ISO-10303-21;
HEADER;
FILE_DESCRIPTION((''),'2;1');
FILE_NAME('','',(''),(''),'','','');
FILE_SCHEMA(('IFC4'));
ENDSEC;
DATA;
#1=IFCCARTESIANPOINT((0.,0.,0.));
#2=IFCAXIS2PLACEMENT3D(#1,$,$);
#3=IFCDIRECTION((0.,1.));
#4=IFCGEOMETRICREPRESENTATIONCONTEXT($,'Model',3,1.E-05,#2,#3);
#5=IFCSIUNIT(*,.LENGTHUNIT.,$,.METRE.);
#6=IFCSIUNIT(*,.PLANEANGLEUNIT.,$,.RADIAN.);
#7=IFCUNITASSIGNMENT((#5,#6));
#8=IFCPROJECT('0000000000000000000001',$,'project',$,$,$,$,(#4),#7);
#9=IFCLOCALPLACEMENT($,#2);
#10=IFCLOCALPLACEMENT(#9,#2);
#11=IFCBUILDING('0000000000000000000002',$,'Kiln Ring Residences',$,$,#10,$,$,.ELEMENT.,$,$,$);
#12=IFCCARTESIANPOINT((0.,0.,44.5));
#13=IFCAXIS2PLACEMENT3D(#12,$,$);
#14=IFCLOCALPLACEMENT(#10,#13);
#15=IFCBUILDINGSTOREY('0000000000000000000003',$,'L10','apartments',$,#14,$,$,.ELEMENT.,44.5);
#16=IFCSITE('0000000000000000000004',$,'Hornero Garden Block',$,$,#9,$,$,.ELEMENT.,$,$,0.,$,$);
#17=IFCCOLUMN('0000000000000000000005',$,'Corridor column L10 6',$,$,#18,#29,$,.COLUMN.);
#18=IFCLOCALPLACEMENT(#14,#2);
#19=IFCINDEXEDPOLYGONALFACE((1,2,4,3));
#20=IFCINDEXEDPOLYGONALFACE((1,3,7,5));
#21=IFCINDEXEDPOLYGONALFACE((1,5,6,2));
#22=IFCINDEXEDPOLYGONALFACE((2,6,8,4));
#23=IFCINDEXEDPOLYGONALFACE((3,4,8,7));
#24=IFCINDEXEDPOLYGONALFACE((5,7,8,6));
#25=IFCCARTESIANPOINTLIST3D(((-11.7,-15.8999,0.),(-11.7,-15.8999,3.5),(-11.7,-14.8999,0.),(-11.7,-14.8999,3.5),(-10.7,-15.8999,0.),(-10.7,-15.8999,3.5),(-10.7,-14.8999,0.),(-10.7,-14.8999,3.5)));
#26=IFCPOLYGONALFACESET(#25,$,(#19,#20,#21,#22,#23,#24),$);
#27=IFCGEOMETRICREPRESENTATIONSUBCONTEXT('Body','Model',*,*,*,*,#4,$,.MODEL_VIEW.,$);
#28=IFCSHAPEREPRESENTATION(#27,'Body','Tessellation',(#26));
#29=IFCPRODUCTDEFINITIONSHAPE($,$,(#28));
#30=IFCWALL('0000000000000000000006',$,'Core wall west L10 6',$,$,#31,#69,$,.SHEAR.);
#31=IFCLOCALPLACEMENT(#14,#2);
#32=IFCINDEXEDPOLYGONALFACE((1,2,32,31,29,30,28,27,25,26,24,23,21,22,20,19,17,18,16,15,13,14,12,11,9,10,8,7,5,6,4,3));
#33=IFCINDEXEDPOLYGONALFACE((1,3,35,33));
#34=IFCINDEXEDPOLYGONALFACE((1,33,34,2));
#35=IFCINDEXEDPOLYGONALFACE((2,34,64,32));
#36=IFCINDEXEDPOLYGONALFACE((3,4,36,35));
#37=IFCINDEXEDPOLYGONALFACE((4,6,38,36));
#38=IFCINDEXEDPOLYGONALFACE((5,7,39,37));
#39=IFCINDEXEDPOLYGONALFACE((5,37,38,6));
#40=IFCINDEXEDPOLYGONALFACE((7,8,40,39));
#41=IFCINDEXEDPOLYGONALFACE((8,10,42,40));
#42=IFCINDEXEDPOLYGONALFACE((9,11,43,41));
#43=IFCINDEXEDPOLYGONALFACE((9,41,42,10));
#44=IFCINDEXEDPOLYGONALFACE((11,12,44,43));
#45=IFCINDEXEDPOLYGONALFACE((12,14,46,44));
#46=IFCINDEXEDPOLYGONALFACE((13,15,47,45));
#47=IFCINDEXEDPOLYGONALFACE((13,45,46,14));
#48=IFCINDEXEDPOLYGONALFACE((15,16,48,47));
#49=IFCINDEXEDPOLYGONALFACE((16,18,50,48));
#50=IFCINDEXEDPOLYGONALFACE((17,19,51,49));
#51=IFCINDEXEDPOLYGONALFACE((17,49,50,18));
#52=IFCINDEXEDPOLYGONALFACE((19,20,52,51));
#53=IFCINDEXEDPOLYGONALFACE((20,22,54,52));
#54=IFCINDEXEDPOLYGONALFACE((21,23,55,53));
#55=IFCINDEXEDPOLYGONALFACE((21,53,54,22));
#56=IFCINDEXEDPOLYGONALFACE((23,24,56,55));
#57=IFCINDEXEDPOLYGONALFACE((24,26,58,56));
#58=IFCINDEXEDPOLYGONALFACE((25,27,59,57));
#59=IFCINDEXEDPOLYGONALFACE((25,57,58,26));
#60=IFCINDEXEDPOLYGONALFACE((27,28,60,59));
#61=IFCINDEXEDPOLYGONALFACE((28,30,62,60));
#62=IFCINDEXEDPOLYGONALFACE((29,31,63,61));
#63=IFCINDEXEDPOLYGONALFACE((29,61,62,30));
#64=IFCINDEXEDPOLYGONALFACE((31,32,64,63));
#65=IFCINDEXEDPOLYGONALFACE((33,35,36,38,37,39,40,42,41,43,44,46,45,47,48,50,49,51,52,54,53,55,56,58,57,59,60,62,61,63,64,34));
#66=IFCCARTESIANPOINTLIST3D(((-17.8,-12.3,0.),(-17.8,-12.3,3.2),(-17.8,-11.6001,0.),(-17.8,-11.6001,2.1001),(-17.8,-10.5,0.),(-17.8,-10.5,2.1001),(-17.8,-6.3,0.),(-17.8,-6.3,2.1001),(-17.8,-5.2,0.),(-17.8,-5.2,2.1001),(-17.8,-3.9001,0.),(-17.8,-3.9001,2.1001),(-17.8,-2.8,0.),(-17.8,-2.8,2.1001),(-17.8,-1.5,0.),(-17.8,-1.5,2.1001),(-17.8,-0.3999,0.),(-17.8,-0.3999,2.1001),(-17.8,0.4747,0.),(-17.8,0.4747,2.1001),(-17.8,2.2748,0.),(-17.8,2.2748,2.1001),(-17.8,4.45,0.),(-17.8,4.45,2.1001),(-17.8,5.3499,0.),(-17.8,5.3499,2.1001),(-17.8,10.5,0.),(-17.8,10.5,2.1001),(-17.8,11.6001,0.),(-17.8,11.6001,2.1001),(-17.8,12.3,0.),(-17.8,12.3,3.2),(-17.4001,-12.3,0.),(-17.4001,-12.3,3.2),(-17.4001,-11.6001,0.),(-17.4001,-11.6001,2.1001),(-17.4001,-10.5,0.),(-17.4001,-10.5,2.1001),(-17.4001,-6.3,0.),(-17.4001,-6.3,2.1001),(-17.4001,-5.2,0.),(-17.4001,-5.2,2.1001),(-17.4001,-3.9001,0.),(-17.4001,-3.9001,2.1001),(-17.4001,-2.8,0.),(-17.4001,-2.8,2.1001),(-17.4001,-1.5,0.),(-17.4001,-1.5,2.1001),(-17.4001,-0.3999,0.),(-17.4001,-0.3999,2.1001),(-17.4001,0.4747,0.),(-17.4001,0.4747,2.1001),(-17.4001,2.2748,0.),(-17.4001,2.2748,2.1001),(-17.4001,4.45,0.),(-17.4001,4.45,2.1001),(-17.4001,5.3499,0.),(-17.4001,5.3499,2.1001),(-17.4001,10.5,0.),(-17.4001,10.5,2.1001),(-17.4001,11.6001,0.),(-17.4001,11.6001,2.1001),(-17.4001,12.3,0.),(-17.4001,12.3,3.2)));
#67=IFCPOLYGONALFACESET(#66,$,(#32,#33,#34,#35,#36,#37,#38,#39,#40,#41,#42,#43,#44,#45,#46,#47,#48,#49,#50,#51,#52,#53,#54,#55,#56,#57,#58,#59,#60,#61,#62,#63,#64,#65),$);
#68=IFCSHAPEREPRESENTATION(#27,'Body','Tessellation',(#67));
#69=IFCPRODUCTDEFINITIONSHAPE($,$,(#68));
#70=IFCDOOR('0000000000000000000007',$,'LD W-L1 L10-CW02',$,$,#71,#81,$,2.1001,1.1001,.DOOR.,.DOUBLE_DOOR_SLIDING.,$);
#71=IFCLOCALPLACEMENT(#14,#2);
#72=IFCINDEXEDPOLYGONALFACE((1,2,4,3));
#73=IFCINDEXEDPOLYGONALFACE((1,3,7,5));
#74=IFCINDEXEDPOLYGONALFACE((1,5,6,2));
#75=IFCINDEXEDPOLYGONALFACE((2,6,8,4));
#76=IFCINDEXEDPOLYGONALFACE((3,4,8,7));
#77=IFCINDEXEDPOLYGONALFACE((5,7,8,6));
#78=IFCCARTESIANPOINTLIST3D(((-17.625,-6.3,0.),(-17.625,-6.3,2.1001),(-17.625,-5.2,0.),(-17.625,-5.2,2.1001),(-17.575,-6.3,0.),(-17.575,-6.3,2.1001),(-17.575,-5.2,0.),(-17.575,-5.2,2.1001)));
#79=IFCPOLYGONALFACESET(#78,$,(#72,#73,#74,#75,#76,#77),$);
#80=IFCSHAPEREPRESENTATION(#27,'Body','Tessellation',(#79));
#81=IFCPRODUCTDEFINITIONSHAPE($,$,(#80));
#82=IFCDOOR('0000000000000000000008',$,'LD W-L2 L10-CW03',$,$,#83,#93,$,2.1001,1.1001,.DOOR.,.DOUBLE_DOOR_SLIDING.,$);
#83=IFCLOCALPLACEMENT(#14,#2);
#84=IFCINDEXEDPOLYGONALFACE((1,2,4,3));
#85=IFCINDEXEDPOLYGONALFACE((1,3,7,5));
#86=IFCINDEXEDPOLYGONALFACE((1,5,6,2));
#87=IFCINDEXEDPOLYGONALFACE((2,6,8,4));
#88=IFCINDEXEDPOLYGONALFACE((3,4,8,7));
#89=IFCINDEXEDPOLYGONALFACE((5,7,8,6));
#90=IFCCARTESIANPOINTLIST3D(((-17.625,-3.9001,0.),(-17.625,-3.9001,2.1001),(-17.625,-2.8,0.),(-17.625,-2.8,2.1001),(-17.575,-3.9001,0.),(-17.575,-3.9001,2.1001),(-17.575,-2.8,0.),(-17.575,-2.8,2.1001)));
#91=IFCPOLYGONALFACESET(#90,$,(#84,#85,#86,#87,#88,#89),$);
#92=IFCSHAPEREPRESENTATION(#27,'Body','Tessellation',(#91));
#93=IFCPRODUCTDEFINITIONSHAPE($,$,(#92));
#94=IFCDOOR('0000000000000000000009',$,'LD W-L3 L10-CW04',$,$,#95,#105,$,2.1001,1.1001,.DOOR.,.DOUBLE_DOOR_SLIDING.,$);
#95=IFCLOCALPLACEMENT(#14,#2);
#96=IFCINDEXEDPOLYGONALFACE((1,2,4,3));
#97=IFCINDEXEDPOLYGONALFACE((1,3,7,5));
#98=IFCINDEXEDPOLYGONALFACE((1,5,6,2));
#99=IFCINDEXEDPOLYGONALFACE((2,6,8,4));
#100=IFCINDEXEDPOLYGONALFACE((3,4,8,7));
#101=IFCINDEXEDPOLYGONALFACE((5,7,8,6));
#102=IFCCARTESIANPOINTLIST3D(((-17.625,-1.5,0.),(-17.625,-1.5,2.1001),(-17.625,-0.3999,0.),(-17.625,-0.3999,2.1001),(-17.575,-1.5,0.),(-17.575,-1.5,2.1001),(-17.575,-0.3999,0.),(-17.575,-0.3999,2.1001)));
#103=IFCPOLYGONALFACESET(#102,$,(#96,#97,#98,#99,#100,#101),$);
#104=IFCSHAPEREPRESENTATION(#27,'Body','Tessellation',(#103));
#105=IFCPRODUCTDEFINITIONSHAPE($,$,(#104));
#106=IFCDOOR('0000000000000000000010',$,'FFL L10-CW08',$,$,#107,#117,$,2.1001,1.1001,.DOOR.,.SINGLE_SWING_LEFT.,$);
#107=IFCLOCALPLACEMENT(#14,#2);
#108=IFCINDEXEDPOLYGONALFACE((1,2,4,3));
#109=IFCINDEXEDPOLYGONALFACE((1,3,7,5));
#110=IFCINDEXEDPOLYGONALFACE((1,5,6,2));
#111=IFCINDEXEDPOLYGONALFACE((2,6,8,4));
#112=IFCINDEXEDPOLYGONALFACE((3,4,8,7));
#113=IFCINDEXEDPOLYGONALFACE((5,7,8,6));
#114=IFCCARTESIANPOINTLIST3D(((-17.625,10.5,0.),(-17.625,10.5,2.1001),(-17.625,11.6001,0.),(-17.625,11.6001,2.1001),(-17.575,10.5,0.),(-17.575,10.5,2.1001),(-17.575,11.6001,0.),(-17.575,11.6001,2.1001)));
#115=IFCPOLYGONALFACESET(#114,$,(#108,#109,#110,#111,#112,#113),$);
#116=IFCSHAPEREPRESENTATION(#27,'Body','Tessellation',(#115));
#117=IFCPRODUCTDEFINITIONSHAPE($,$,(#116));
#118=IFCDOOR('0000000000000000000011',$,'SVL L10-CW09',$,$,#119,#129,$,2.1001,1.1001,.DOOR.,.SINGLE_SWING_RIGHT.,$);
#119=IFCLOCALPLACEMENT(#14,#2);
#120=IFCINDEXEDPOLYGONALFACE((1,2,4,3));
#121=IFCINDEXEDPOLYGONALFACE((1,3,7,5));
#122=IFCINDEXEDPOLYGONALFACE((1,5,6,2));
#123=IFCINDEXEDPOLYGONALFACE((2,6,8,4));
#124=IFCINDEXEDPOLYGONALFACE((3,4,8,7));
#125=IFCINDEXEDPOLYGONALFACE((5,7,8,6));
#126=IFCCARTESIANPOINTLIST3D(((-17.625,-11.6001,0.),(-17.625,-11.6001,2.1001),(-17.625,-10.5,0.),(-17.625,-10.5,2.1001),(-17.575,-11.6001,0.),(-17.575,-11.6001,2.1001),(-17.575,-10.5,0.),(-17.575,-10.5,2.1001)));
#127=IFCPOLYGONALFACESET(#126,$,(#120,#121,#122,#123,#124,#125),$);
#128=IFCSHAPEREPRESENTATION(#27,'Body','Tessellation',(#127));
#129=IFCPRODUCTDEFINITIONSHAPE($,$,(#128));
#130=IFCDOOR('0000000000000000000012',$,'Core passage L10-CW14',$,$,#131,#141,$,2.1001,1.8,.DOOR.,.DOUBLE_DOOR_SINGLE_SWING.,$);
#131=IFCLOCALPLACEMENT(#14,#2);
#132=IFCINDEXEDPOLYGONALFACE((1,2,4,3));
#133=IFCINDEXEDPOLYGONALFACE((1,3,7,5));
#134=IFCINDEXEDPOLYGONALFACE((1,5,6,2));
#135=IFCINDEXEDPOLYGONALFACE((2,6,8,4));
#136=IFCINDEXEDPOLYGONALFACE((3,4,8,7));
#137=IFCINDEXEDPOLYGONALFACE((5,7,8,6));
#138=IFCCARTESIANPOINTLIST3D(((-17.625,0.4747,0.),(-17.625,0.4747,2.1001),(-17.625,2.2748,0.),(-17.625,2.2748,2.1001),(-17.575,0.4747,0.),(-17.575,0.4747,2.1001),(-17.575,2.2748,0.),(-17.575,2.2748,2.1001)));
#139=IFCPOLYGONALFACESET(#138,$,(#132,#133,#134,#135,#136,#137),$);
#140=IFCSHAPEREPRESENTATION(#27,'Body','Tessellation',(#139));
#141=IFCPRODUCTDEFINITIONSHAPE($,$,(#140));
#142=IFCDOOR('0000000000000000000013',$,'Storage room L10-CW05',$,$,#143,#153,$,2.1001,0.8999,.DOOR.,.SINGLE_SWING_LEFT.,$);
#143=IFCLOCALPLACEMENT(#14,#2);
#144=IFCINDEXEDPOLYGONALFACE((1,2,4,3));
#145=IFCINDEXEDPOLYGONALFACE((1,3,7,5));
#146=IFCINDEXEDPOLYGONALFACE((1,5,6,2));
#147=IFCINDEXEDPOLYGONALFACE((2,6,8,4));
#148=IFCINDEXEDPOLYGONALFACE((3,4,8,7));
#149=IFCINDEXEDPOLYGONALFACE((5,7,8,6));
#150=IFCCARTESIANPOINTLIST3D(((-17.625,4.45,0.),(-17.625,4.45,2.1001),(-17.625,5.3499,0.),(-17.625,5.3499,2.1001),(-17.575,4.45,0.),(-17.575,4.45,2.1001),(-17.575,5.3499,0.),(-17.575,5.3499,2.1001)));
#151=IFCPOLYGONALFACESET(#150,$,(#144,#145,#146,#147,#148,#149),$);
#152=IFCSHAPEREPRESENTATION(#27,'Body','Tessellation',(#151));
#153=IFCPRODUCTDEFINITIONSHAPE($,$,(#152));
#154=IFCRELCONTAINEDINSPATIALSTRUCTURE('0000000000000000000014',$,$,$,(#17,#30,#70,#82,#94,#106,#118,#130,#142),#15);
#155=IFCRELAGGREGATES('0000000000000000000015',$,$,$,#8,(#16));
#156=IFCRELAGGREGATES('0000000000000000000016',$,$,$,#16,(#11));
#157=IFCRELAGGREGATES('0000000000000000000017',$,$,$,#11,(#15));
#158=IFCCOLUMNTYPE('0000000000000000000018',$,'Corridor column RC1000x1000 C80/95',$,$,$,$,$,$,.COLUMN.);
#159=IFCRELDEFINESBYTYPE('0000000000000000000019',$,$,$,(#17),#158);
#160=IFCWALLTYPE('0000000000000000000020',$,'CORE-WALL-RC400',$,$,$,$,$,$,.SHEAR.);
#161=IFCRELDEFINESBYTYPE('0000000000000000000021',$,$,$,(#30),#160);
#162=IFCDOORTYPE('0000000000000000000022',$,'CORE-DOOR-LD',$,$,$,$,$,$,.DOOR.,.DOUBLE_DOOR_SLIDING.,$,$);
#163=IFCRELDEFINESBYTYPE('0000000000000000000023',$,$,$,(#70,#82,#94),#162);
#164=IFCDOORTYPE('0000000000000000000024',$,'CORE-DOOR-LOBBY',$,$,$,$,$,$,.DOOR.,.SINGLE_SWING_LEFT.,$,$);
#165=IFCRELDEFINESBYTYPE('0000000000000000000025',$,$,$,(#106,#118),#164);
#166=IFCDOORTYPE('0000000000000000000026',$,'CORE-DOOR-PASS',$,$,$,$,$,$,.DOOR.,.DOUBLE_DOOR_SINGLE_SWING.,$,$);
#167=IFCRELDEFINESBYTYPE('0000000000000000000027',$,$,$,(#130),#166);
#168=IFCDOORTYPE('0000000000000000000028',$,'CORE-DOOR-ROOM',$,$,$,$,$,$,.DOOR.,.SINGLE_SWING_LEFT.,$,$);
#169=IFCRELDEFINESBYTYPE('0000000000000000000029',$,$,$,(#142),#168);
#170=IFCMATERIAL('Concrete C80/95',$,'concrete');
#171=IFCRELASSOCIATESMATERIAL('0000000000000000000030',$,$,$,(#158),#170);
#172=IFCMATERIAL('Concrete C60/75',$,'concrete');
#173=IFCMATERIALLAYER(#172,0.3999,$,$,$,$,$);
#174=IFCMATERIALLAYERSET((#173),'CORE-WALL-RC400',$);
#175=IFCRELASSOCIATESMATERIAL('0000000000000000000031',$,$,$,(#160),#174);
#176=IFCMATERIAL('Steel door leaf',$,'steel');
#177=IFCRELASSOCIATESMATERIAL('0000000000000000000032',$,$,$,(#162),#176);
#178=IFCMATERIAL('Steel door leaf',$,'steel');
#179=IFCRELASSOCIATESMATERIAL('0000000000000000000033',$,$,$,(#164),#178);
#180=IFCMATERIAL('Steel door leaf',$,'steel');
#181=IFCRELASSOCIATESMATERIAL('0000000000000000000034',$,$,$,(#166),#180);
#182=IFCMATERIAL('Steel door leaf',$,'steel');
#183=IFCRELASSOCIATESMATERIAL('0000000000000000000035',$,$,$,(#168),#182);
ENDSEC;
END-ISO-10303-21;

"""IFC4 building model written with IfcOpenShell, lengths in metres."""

from ifc_helpers import new_model, si_unit, direction, frame, frame_2d, origin, origin_2d, place, context, subcontext, project, spatial, rectangle, extrude, material, layer, layer_set, material_profile, profile_set, type_object, element, fill, save


model = new_model("IFC4")

# Units and contexts
model_context = context("Model", 3, precision=1e-05, world=origin(), true_north=direction((0.0, 1.0)))
body_context = subcontext(model_context, "Body", "Model", "MODEL_VIEW")
ifc_project = project(units=[si_unit("LENGTHUNIT", "METRE"), si_unit("PLANEANGLEUNIT", "RADIAN")], contexts=[model_context])

# Site, building, storey
site_placement = place(None, origin())
site = spatial("IfcSite", under=ifc_project, at=site_placement, Name="Hornero Garden Block", CompositionType="ELEMENT", RefElevation=0.0)
building_placement = place(site_placement, origin())
building = spatial("IfcBuilding", under=site, at=building_placement, Name="Kiln Ring Residences", CompositionType="ELEMENT")
storey_placement = place(building_placement, frame((0.0, 0.0, 44.5)))
storey = spatial("IfcBuildingStorey", under=building, at=storey_placement, Name="L10", Description="apartments", CompositionType="ELEMENT", Elevation=44.5)

# Column
ifc_material_1 = material(Name="Concrete C80/95", Category="concrete")
ifc_material_profile = material_profile(ifc_material_1, rectangle(XDim=1.0, YDim=1.0, at=origin_2d()), Name="RC1000x1000")
ifc_profile_set = profile_set([ifc_material_profile], Name="Concrete C80/95")
column_type = type_object("IfcColumnType", Name="Corridor column RC1000x1000 C80/95", PredefinedType="COLUMN", material=ifc_profile_set)
column_placement = place(storey_placement, frame((-11.2, -15.3999, 0.0), z_axis=(0.0, 0.0, 1.0), x_axis=(1.0, 0.0, 0.0)))
element("IfcColumn", 1, at=column_placement, inside=storey, type_object=column_type, Name="Corridor column L10 6", PredefinedType="COLUMN", context=body_context, shape_type="SweptSolid", body=[
    extrude(rectangle(XDim=1.0, YDim=1.0, at=origin_2d()), origin(), (0.0, 0.0, 1.0), 3.5),
])

# Wall, openings, doors
ifc_material_2 = material(Name="Concrete C60/75", Category="concrete")
ifc_layer_1 = layer(ifc_material_2, 0.3999)
ifc_layer_set_1 = layer_set([ifc_layer_1], Name="CORE-WALL-RC400")
wall_type_1 = type_object("IfcWallType", Name="CORE-WALL-RC400", PredefinedType="SHEAR", material=ifc_layer_set_1)
wall_1_placement = place(storey_placement, frame((-17.6001, -12.3, 0.0), z_axis=(0.0, 0.0, 1.0), x_axis=(0.0, 1.0, 0.0)))
wall_1 = element("IfcWall", 2, at=wall_1_placement, inside=storey, type_object=wall_type_1, Name="Core wall west L10 6", PredefinedType="SHEAR", context=body_context, shape_type="SweptSolid", body=[
    extrude(rectangle(XDim=24.6001, YDim=0.3999, at=frame_2d((12.3, 0.0))), origin(), (0.0, 0.0, 1.0), 3.2),
])
opening_1_placement = place(wall_1_placement, frame((6.0, 0.0, 0.0)))
opening_1 = element("IfcOpeningElement", 3, at=opening_1_placement, cuts=wall_1, PredefinedType="OPENING", context=body_context, shape_type="SweptSolid", body=[
    extrude(rectangle(XDim=1.1001, YDim=2.1001, at=frame_2d((0.55, 1.05))), frame((0.0, 0.21, 0.0), z_axis=(0.0, -1.0, 0.0), x_axis=(1.0, 0.0, 0.0)), (0.0, 0.0, 1.0), 0.4199),
])
opening_2_placement = place(wall_1_placement, frame((8.3999, 0.0, 0.0)))
opening_2 = element("IfcOpeningElement", 4, at=opening_2_placement, cuts=wall_1, PredefinedType="OPENING", context=body_context, shape_type="SweptSolid", body=[
    extrude(rectangle(XDim=1.1001, YDim=2.1001, at=frame_2d((0.55, 1.05))), frame((0.0, 0.21, 0.0), z_axis=(0.0, -1.0, 0.0), x_axis=(1.0, 0.0, 0.0)), (0.0, 0.0, 1.0), 0.4199),
])
opening_3_placement = place(wall_1_placement, frame((10.8, 0.0, 0.0)))
opening_3 = element("IfcOpeningElement", 5, at=opening_3_placement, cuts=wall_1, PredefinedType="OPENING", context=body_context, shape_type="SweptSolid", body=[
    extrude(rectangle(XDim=1.1001, YDim=2.1001, at=frame_2d((0.55, 1.05))), frame((0.0, 0.21, 0.0), z_axis=(0.0, -1.0, 0.0), x_axis=(1.0, 0.0, 0.0)), (0.0, 0.0, 1.0), 0.4199),
])
opening_4_placement = place(wall_1_placement, frame((16.75, 0.0, 0.0)))
opening_4 = element("IfcOpeningElement", 6, at=opening_4_placement, cuts=wall_1, PredefinedType="OPENING", context=body_context, shape_type="SweptSolid", body=[
    extrude(rectangle(XDim=0.8999, YDim=2.1001, at=frame_2d((0.45, 1.05))), frame((0.0, 0.21, 0.0), z_axis=(0.0, -1.0, 0.0), x_axis=(1.0, 0.0, 0.0)), (0.0, 0.0, 1.0), 0.4199),
])
opening_5_placement = place(wall_1_placement, frame((22.8, 0.0, 0.0)))
opening_5 = element("IfcOpeningElement", 7, at=opening_5_placement, cuts=wall_1, PredefinedType="OPENING", context=body_context, shape_type="SweptSolid", body=[
    extrude(rectangle(XDim=1.1001, YDim=2.1001, at=frame_2d((0.55, 1.05))), frame((0.0, 0.21, 0.0), z_axis=(0.0, -1.0, 0.0), x_axis=(1.0, 0.0, 0.0)), (0.0, 0.0, 1.0), 0.4199),
])
opening_6_placement = place(wall_1_placement, frame((0.7, 0.0, 0.0)))
opening_6 = element("IfcOpeningElement", 8, at=opening_6_placement, cuts=wall_1, PredefinedType="OPENING", context=body_context, shape_type="SweptSolid", body=[
    extrude(rectangle(XDim=1.1001, YDim=2.1001, at=frame_2d((0.55, 1.05))), frame((0.0, 0.21, 0.0), z_axis=(0.0, -1.0, 0.0), x_axis=(1.0, 0.0, 0.0)), (0.0, 0.0, 1.0), 0.4199),
])
opening_7_placement = place(wall_1_placement, frame((12.7749, 0.0, 0.0)))
opening_7 = element("IfcOpeningElement", 9, at=opening_7_placement, cuts=wall_1, PredefinedType="OPENING", context=body_context, shape_type="SweptSolid", body=[
    extrude(rectangle(XDim=1.8, YDim=2.1001, at=frame_2d((0.8999, 1.05))), frame((0.0, 0.21, 0.0), z_axis=(0.0, -1.0, 0.0), x_axis=(1.0, 0.0, 0.0)), (0.0, 0.0, 1.0), 0.4199),
])
ifc_material_3 = material(Name="Steel door leaf", Category="steel")
door_type_1 = type_object("IfcDoorType", Name="CORE-DOOR-LD", OperationType="DOUBLE_DOOR_SLIDING", PredefinedType="DOOR", material=ifc_material_3)
door_1_placement = place(opening_1_placement, origin())
door_1 = element("IfcDoor", 10, at=door_1_placement, inside=storey, type_object=door_type_1, Name="LD W-L1 L10-CW02", OperationType="DOUBLE_DOOR_SLIDING", OverallHeight=2.1001, OverallWidth=1.1001, PredefinedType="DOOR", context=body_context, shape_type="SweptSolid", body=[
    extrude(rectangle(XDim=1.1001, YDim=2.1001, at=frame_2d((0.55, 1.05))), frame((0.0, 0.0249, 0.0), z_axis=(0.0, -1.0, 0.0), x_axis=(1.0, 0.0, 0.0)), (0.0, 0.0, 1.0), 0.05),
])
fill(opening_1, door_1)
door_2_placement = place(opening_2_placement, origin())
door_2 = element("IfcDoor", 11, at=door_2_placement, inside=storey, type_object=door_type_1, Name="LD W-L2 L10-CW03", OperationType="DOUBLE_DOOR_SLIDING", OverallHeight=2.1001, OverallWidth=1.1001, PredefinedType="DOOR", context=body_context, shape_type="SweptSolid", body=[
    extrude(rectangle(XDim=1.1001, YDim=2.1001, at=frame_2d((0.55, 1.05))), frame((0.0, 0.0249, 0.0), z_axis=(0.0, -1.0, 0.0), x_axis=(1.0, 0.0, 0.0)), (0.0, 0.0, 1.0), 0.05),
])
fill(opening_2, door_2)
door_3_placement = place(opening_3_placement, origin())
door_3 = element("IfcDoor", 12, at=door_3_placement, inside=storey, type_object=door_type_1, Name="LD W-L3 L10-CW04", OperationType="DOUBLE_DOOR_SLIDING", OverallHeight=2.1001, OverallWidth=1.1001, PredefinedType="DOOR", context=body_context, shape_type="SweptSolid", body=[
    extrude(rectangle(XDim=1.1001, YDim=2.1001, at=frame_2d((0.55, 1.05))), frame((0.0, 0.0249, 0.0), z_axis=(0.0, -1.0, 0.0), x_axis=(1.0, 0.0, 0.0)), (0.0, 0.0, 1.0), 0.05),
])
fill(opening_3, door_3)
ifc_material_4 = material(Name="Steel door leaf", Category="steel")
door_type_2 = type_object("IfcDoorType", Name="CORE-DOOR-LOBBY", OperationType="SINGLE_SWING_LEFT", PredefinedType="DOOR", material=ifc_material_4)
door_4_placement = place(opening_5_placement, origin())
door_4 = element("IfcDoor", 13, at=door_4_placement, inside=storey, type_object=door_type_2, Name="FFL L10-CW08", OperationType="SINGLE_SWING_LEFT", OverallHeight=2.1001, OverallWidth=1.1001, PredefinedType="DOOR", context=body_context, shape_type="SweptSolid", body=[
    extrude(rectangle(XDim=1.1001, YDim=2.1001, at=frame_2d((0.55, 1.05))), frame((0.0, 0.0249, 0.0), z_axis=(0.0, -1.0, 0.0), x_axis=(1.0, 0.0, 0.0)), (0.0, 0.0, 1.0), 0.05),
])
fill(opening_5, door_4)
door_5_placement = place(opening_6_placement, origin())
door_5 = element("IfcDoor", 14, at=door_5_placement, inside=storey, type_object=door_type_2, Name="SVL L10-CW09", OperationType="SINGLE_SWING_RIGHT", OverallHeight=2.1001, OverallWidth=1.1001, PredefinedType="DOOR", context=body_context, shape_type="SweptSolid", body=[
    extrude(rectangle(XDim=1.1001, YDim=2.1001, at=frame_2d((0.55, 1.05))), frame((0.0, 0.0249, 0.0), z_axis=(0.0, -1.0, 0.0), x_axis=(1.0, 0.0, 0.0)), (0.0, 0.0, 1.0), 0.05),
])
fill(opening_6, door_5)
ifc_material_5 = material(Name="Steel door leaf", Category="steel")
door_type_3 = type_object("IfcDoorType", Name="CORE-DOOR-PASS", OperationType="DOUBLE_DOOR_SINGLE_SWING", PredefinedType="DOOR", material=ifc_material_5)
door_6_placement = place(opening_7_placement, origin())
door_6 = element("IfcDoor", 15, at=door_6_placement, inside=storey, type_object=door_type_3, Name="Core passage L10-CW14", OperationType="DOUBLE_DOOR_SINGLE_SWING", OverallHeight=2.1001, OverallWidth=1.8, PredefinedType="DOOR", context=body_context, shape_type="SweptSolid", body=[
    extrude(rectangle(XDim=1.8, YDim=2.1001, at=frame_2d((0.8999, 1.05))), frame((0.0, 0.0249, 0.0), z_axis=(0.0, -1.0, 0.0), x_axis=(1.0, 0.0, 0.0)), (0.0, 0.0, 1.0), 0.05),
])
fill(opening_7, door_6)
ifc_material_6 = material(Name="Steel door leaf", Category="steel")
door_type_4 = type_object("IfcDoorType", Name="CORE-DOOR-ROOM", OperationType="SINGLE_SWING_LEFT", PredefinedType="DOOR", material=ifc_material_6)
door_7_placement = place(opening_4_placement, origin())
door_7 = element("IfcDoor", 16, at=door_7_placement, inside=storey, type_object=door_type_4, Name="Storage room L10-CW05", OperationType="SINGLE_SWING_LEFT", OverallHeight=2.1001, OverallWidth=0.8999, PredefinedType="DOOR", context=body_context, shape_type="SweptSolid", body=[
    extrude(rectangle(XDim=0.8999, YDim=2.1001, at=frame_2d((0.45, 1.05))), frame((0.0, 0.0249, 0.0), z_axis=(0.0, -1.0, 0.0), x_axis=(1.0, 0.0, 0.0)), (0.0, 0.0, 1.0), 0.05),
])
fill(opening_4, door_7)

save(model, "model.ifc")
